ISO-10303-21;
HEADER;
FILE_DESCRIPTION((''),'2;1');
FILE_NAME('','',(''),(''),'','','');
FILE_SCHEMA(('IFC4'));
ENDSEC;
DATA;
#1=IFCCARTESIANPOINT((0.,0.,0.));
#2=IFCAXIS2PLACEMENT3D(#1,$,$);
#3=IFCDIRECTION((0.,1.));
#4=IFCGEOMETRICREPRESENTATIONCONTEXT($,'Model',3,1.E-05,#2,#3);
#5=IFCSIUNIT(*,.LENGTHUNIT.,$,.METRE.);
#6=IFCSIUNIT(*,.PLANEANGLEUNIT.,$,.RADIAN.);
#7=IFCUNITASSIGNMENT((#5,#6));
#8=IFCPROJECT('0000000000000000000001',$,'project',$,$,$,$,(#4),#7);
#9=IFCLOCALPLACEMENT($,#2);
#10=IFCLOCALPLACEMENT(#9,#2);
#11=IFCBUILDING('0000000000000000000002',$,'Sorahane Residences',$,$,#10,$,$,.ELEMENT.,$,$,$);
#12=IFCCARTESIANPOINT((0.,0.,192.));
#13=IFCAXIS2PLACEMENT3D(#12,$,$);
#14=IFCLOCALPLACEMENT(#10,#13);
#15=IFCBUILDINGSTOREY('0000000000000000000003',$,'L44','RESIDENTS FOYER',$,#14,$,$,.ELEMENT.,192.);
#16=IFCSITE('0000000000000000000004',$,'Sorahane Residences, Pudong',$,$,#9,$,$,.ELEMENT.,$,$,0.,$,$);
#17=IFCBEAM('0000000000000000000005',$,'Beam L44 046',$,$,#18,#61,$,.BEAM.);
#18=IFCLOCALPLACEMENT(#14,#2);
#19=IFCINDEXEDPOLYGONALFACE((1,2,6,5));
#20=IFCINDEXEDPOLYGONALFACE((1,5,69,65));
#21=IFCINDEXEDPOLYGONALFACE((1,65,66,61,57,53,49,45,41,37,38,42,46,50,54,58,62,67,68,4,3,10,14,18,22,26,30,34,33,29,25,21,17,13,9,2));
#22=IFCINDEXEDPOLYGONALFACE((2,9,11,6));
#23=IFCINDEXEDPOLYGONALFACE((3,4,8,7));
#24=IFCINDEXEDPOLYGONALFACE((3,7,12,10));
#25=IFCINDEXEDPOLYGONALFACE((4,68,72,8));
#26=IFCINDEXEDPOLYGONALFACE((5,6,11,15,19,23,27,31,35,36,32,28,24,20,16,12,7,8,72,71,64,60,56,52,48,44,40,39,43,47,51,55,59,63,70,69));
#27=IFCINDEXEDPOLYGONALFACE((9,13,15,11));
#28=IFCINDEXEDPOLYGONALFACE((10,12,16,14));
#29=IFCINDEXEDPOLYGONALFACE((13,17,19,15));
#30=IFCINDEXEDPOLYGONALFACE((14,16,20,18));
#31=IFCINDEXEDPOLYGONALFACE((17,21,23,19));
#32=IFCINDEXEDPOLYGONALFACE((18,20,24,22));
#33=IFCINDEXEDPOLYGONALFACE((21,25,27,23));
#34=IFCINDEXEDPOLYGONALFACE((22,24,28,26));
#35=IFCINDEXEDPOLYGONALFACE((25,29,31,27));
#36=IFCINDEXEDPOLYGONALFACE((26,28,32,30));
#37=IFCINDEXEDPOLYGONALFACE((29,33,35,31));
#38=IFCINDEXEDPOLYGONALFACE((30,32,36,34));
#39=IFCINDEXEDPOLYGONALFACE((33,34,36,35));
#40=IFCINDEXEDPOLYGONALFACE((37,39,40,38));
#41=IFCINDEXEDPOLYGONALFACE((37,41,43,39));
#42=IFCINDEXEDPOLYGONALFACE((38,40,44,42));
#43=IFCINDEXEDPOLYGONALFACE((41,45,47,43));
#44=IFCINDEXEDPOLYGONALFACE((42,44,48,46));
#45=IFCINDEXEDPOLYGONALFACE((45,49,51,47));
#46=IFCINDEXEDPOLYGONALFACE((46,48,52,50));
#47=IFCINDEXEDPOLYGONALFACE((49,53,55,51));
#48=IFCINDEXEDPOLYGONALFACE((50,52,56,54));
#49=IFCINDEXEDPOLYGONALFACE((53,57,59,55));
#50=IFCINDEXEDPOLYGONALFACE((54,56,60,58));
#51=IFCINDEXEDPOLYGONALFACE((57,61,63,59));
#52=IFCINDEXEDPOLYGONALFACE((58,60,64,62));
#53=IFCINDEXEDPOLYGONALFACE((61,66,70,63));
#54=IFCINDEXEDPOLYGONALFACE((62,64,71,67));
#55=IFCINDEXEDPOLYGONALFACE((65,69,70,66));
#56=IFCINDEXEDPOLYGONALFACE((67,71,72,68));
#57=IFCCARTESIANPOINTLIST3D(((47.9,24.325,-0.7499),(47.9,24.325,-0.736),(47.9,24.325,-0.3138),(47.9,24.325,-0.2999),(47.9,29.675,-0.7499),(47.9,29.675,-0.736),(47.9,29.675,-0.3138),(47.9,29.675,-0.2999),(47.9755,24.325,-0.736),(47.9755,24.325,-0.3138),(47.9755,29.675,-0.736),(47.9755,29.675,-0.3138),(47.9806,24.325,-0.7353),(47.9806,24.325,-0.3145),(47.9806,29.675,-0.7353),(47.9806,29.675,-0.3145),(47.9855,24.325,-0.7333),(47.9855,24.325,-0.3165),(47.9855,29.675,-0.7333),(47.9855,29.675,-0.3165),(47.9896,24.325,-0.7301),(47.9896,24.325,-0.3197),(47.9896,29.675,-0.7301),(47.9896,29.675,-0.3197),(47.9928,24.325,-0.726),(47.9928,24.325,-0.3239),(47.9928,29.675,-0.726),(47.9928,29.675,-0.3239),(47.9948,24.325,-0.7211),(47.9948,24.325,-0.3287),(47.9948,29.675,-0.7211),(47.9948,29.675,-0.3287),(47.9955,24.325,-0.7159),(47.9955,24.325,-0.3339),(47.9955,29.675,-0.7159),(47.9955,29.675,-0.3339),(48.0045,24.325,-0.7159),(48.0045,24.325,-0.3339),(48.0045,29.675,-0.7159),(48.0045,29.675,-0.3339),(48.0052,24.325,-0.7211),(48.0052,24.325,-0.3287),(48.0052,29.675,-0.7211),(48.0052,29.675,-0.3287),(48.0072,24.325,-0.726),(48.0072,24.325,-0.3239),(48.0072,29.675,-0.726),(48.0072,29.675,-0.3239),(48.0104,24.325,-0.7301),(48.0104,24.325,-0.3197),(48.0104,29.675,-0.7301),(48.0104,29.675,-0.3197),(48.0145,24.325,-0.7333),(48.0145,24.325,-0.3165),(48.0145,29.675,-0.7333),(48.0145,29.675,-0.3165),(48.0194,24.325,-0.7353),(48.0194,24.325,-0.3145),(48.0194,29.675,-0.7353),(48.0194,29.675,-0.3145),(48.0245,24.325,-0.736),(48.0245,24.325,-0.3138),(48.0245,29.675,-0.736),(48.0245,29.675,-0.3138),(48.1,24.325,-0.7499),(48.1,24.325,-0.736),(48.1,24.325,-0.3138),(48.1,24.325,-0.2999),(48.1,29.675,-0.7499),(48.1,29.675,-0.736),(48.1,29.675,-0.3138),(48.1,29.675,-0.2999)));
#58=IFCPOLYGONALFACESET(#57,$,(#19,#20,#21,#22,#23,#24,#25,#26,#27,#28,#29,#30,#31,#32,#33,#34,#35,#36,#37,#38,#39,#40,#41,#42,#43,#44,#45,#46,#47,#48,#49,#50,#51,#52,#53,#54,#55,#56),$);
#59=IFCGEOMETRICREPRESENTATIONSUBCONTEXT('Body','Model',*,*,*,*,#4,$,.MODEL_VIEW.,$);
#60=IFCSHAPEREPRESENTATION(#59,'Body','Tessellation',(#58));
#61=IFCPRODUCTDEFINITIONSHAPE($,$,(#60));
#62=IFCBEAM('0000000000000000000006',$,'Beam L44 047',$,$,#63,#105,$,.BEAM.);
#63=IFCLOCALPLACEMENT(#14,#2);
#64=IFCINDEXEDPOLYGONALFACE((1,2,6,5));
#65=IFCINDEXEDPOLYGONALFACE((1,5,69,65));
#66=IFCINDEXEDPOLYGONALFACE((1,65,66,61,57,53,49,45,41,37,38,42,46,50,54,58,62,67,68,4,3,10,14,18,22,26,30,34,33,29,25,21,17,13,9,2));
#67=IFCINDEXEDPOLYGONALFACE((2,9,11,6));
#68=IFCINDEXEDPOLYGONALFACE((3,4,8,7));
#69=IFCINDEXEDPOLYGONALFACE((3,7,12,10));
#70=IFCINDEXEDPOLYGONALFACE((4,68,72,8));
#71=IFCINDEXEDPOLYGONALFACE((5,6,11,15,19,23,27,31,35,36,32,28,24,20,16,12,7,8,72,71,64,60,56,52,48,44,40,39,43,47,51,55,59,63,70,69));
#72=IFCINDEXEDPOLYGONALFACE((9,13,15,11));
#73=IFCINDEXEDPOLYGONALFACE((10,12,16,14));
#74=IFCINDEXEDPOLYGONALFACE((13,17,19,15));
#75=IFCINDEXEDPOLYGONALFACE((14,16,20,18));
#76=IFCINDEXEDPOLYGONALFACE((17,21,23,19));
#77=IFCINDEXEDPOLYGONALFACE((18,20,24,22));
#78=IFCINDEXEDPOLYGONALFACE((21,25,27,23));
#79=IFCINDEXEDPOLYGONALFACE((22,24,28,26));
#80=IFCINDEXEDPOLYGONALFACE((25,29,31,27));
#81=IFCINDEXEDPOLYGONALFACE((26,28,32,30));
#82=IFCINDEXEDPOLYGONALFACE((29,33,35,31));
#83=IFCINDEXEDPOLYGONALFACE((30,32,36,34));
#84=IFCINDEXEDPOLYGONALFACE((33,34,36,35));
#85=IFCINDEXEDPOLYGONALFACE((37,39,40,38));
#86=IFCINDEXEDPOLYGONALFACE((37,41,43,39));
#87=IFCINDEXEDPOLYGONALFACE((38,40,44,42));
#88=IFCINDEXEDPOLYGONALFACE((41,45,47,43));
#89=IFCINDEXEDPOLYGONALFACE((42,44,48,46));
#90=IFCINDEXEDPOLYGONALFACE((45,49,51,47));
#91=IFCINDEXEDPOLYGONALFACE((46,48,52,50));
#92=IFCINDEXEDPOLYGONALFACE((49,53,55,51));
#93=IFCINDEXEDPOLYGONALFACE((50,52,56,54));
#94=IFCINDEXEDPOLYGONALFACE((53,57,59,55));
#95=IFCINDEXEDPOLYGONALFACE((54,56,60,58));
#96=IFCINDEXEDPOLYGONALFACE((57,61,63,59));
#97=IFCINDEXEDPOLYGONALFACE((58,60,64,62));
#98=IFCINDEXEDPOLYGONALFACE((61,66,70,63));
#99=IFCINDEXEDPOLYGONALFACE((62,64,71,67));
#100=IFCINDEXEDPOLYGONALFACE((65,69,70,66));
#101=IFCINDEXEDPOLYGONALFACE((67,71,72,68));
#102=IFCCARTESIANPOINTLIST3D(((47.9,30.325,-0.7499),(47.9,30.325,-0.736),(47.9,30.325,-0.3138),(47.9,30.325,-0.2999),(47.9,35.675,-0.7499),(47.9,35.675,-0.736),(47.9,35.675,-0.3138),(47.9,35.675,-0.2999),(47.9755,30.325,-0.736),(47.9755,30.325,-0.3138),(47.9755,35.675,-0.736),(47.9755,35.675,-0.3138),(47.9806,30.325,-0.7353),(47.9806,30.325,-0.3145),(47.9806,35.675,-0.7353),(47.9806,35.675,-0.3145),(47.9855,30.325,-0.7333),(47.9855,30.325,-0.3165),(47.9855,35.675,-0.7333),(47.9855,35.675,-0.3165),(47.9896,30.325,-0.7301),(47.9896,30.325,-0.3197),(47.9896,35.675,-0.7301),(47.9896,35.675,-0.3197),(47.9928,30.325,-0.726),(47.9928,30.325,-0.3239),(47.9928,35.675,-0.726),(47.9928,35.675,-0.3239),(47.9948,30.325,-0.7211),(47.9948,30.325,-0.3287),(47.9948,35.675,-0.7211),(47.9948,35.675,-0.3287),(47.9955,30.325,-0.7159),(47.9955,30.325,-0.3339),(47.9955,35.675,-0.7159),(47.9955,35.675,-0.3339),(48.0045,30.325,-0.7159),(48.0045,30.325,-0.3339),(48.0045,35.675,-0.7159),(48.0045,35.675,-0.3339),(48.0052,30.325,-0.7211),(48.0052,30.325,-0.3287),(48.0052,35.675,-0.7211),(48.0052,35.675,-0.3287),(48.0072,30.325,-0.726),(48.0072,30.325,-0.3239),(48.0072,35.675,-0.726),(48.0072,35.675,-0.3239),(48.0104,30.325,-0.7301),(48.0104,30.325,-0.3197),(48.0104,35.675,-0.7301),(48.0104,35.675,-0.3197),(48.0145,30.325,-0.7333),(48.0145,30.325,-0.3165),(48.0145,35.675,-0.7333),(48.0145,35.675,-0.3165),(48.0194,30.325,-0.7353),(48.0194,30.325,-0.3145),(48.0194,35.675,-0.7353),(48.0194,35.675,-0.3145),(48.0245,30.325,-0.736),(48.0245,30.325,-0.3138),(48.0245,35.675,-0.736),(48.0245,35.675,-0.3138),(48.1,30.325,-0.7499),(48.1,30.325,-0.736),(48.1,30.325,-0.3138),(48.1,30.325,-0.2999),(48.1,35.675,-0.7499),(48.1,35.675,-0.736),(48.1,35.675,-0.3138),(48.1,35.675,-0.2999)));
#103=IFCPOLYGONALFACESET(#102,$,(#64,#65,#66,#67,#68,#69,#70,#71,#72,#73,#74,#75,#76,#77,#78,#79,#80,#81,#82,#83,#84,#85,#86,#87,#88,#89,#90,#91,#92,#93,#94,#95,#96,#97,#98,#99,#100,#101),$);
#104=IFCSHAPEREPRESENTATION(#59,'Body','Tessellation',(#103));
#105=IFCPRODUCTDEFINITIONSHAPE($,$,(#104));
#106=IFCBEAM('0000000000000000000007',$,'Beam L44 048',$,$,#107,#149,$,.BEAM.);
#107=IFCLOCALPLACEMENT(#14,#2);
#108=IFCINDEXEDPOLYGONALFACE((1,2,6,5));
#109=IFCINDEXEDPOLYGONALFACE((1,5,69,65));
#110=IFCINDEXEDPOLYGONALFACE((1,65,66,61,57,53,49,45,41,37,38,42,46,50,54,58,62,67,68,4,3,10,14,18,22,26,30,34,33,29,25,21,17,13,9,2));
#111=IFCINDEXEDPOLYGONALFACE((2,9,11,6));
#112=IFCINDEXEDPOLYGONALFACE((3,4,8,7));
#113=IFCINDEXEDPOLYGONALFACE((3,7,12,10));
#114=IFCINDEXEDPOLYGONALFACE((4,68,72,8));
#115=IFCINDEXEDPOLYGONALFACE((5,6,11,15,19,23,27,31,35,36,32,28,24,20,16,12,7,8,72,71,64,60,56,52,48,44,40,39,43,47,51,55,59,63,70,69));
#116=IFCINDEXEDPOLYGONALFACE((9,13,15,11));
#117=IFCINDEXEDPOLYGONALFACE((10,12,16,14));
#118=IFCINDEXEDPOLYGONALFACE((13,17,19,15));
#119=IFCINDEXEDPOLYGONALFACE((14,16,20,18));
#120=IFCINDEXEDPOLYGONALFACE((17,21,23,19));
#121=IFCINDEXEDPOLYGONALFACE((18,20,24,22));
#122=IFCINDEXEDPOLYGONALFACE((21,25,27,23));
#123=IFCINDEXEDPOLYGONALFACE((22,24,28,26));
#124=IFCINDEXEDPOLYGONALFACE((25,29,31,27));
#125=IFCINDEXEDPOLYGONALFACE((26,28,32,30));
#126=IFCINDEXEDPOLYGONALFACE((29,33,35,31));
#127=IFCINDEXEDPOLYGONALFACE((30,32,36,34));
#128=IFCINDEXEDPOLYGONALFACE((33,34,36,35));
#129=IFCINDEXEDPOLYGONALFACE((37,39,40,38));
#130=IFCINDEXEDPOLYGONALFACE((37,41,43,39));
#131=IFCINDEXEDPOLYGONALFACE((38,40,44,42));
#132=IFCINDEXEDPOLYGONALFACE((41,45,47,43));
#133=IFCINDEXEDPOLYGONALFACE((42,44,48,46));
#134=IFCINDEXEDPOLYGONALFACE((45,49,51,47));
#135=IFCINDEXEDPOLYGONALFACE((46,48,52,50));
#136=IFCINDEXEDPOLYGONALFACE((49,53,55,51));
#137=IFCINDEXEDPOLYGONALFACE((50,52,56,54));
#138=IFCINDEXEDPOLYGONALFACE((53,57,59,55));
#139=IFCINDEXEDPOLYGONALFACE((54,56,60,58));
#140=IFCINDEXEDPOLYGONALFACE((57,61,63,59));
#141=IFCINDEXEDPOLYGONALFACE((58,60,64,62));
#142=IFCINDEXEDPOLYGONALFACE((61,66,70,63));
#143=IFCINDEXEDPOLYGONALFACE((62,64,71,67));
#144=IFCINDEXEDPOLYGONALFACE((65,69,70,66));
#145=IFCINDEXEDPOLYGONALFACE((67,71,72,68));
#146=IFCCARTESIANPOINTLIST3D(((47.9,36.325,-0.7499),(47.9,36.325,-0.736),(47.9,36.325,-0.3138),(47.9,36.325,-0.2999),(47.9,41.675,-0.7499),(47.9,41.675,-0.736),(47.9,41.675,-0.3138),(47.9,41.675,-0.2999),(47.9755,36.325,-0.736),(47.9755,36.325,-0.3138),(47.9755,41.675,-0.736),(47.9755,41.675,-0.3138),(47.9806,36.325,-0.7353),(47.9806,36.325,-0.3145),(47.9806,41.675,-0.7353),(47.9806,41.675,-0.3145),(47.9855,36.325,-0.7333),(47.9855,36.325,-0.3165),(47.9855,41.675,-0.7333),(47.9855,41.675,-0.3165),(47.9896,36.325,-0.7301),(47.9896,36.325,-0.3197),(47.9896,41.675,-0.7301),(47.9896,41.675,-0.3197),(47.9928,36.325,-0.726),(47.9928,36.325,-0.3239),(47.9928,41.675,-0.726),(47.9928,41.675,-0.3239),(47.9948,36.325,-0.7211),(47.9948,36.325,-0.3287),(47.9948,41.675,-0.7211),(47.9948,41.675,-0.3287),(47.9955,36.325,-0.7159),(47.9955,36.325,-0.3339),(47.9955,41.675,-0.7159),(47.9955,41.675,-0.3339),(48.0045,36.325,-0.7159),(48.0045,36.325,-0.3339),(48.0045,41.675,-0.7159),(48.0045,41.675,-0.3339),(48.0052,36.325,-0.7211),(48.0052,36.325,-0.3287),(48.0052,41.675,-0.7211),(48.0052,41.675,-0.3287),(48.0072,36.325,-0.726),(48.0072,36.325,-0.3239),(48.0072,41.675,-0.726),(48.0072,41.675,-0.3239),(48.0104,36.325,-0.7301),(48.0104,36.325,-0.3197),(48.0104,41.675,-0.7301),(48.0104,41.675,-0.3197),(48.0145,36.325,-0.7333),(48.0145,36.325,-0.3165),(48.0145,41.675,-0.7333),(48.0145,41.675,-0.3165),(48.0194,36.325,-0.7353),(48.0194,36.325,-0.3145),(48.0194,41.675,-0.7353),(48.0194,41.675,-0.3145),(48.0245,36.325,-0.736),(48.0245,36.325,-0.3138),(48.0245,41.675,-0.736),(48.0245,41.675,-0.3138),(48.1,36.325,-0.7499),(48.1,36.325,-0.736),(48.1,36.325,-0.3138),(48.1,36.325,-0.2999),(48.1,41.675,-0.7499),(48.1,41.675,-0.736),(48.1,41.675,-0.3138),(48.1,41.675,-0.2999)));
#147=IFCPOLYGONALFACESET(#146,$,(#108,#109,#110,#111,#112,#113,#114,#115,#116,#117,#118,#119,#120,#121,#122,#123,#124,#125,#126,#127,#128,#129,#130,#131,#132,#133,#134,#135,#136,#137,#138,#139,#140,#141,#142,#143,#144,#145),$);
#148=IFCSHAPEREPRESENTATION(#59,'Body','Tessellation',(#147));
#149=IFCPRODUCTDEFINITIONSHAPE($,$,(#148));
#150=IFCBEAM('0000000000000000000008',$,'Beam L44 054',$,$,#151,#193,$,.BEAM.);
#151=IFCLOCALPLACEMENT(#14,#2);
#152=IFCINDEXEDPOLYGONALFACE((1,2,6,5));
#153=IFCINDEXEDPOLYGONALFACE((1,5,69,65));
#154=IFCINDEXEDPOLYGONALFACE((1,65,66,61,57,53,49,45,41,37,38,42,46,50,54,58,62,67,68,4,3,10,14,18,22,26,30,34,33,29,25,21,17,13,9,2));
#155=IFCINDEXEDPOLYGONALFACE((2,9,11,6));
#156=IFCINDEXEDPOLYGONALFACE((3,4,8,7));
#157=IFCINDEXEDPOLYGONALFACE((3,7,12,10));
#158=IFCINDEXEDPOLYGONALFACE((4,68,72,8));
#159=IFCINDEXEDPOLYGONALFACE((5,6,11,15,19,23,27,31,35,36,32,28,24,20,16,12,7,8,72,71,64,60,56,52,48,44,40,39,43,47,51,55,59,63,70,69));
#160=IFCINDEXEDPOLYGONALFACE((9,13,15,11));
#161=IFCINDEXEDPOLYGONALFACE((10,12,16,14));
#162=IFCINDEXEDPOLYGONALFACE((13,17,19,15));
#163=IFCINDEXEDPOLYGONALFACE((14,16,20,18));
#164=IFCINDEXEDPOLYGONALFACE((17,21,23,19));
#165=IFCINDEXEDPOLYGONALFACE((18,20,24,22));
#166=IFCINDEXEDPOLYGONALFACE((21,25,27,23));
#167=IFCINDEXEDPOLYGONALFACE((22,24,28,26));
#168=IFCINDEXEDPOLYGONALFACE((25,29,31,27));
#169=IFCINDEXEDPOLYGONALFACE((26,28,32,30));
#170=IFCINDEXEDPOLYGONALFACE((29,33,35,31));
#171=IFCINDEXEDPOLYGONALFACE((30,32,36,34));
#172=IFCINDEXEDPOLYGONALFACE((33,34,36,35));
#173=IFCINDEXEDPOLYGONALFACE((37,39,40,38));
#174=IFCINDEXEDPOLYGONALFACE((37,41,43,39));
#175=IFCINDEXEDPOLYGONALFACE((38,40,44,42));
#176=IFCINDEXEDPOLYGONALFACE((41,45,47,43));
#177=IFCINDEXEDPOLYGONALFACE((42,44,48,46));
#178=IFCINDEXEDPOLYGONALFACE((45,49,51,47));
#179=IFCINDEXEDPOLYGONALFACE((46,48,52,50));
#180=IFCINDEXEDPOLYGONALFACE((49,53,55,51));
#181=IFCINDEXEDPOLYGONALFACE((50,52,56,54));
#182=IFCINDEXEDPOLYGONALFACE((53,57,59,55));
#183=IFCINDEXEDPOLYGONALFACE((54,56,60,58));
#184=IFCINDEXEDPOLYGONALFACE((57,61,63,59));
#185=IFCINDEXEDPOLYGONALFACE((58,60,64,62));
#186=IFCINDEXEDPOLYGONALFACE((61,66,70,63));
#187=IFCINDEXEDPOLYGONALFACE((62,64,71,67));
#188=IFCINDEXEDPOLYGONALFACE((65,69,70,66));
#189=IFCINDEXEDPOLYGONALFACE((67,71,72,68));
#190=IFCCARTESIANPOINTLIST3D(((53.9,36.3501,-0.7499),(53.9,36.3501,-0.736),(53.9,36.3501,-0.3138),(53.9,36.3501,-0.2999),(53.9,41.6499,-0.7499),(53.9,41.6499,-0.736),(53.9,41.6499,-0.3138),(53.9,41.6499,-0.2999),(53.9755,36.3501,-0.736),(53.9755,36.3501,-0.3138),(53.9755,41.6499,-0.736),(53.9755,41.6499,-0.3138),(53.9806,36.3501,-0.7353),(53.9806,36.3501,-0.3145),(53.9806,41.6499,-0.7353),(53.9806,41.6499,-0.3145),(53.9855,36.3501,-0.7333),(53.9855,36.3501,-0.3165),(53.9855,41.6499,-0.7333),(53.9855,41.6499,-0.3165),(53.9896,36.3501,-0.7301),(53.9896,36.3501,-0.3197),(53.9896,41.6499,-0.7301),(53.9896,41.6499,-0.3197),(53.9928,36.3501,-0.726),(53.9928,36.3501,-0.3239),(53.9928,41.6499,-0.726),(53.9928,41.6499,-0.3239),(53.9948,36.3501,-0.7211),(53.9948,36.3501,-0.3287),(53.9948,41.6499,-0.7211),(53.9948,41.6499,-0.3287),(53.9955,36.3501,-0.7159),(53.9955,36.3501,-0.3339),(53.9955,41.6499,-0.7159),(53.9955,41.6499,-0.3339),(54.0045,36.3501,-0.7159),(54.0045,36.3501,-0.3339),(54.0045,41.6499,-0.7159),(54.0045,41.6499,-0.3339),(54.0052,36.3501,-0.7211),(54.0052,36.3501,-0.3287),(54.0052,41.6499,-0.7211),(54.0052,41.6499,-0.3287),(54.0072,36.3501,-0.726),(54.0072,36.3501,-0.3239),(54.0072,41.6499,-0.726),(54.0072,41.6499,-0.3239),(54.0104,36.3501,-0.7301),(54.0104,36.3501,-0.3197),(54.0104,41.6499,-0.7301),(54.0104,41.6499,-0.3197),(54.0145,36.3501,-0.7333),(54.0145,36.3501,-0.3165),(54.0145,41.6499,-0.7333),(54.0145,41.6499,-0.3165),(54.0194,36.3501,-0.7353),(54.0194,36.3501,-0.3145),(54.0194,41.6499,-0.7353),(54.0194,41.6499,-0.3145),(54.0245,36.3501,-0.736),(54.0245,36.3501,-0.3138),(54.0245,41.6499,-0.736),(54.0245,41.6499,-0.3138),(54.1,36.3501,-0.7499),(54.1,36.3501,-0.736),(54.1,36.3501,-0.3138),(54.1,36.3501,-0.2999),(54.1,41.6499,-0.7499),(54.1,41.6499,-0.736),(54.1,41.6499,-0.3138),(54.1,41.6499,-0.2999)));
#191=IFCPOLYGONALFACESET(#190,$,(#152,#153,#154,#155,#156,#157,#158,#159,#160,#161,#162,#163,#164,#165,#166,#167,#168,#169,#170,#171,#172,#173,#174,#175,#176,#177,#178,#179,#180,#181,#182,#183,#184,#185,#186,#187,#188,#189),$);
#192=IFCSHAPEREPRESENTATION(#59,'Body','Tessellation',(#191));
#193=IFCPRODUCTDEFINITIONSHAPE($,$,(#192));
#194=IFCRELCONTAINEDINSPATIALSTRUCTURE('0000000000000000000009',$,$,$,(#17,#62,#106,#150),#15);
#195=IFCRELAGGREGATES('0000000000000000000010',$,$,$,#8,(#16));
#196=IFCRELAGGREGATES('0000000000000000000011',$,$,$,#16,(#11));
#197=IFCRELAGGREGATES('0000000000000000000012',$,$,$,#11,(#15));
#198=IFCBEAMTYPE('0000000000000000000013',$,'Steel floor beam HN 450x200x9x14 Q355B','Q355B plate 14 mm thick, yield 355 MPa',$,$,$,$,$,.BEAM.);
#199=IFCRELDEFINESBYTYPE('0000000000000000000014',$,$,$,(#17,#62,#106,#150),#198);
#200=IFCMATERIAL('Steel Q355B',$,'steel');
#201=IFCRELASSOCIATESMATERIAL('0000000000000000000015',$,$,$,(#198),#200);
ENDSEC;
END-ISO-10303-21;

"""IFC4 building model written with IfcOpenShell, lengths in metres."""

from ifc_helpers import new_model, si_unit, direction, frame, origin, origin_2d, place, context, subcontext, project, spatial, i_section, extrude, material, material_profile, profile_set, type_object, element, save


model = new_model("IFC4")

# Units and contexts
model_context = context("Model", 3, precision=1e-05, world=origin(), true_north=direction((0.0, 1.0)))
body_context = subcontext(model_context, "Body", "Model", "MODEL_VIEW")
ifc_project = project(units=[si_unit("LENGTHUNIT", "METRE"), si_unit("PLANEANGLEUNIT", "RADIAN")], contexts=[model_context])

# Site, building, storey
site_placement = place(None, origin())
site = spatial("IfcSite", under=ifc_project, at=site_placement, Name="Sorahane Residences, Pudong", CompositionType="ELEMENT", RefElevation=0.0)
building_placement = place(site_placement, origin())
building = spatial("IfcBuilding", under=site, at=building_placement, Name="Sorahane Residences", CompositionType="ELEMENT")
storey_placement = place(building_placement, frame((0.0, 0.0, 192.0)))
storey = spatial("IfcBuildingStorey", under=building, at=storey_placement, Name="L44", Description="RESIDENTS FOYER", CompositionType="ELEMENT", Elevation=192.0)

# Beams
ifc_material_1 = material(Name="Steel Q355B", Category="steel")
ifc_material_profile_1 = material_profile(ifc_material_1, i_section(OverallWidth=0.2, OverallDepth=0.45, WebThickness=0.009, FlangeThickness=0.0139, FilletRadius=0.02, at=origin_2d()), Name="HN 450x200x9x14")
ifc_profile_set_1 = profile_set([ifc_material_profile_1], Name="Steel Q355B")
beam_type_1 = type_object("IfcBeamType", Name="Steel floor beam HN 450x200x9x14 Q355B", Description="Q355B plate 14 mm thick, yield 355 MPa", PredefinedType="BEAM", material=ifc_profile_set_1)
for number, where, z_axis, x_axis, name in (
    (1, (48.0, 24.325, -0.5249), (0.0, 1.0, 0.0), (-1.0, 0.0, 0.0), "Beam L44 046"),
    (2, (48.0, 30.325, -0.5249), (0.0, 1.0, 0.0), (-1.0, 0.0, 0.0), "Beam L44 047"),
    (3, (48.0, 36.325, -0.5249), (0.0, 1.0, 0.0), (-1.0, 0.0, 0.0), "Beam L44 048"),
):
    element("IfcBeam", number, at=place(storey_placement, frame(where, z_axis=z_axis, x_axis=x_axis)), inside=storey, type_object=beam_type_1, Name=name, PredefinedType="BEAM", context=body_context, shape_type="SweptSolid", body=[
        extrude(i_section(OverallWidth=0.2, OverallDepth=0.45, WebThickness=0.009, FlangeThickness=0.0139, FilletRadius=0.02, at=origin_2d()), origin(), (0.0, 0.0, 1.0), 5.3501),
    ])
beam_1_placement = place(storey_placement, frame((54.0, 36.3501, -0.5249), z_axis=(0.0, 1.0, 0.0), x_axis=(-1.0, 0.0, 0.0)))
element("IfcBeam", 4, at=beam_1_placement, inside=storey, type_object=beam_type_1, Name="Beam L44 054", PredefinedType="BEAM", context=body_context, shape_type="SweptSolid", body=[
    extrude(i_section(OverallWidth=0.2, OverallDepth=0.45, WebThickness=0.009, FlangeThickness=0.0139, FilletRadius=0.02, at=origin_2d()), origin(), (0.0, 0.0, 1.0), 5.2998),
])

save(model, "model.ifc")
